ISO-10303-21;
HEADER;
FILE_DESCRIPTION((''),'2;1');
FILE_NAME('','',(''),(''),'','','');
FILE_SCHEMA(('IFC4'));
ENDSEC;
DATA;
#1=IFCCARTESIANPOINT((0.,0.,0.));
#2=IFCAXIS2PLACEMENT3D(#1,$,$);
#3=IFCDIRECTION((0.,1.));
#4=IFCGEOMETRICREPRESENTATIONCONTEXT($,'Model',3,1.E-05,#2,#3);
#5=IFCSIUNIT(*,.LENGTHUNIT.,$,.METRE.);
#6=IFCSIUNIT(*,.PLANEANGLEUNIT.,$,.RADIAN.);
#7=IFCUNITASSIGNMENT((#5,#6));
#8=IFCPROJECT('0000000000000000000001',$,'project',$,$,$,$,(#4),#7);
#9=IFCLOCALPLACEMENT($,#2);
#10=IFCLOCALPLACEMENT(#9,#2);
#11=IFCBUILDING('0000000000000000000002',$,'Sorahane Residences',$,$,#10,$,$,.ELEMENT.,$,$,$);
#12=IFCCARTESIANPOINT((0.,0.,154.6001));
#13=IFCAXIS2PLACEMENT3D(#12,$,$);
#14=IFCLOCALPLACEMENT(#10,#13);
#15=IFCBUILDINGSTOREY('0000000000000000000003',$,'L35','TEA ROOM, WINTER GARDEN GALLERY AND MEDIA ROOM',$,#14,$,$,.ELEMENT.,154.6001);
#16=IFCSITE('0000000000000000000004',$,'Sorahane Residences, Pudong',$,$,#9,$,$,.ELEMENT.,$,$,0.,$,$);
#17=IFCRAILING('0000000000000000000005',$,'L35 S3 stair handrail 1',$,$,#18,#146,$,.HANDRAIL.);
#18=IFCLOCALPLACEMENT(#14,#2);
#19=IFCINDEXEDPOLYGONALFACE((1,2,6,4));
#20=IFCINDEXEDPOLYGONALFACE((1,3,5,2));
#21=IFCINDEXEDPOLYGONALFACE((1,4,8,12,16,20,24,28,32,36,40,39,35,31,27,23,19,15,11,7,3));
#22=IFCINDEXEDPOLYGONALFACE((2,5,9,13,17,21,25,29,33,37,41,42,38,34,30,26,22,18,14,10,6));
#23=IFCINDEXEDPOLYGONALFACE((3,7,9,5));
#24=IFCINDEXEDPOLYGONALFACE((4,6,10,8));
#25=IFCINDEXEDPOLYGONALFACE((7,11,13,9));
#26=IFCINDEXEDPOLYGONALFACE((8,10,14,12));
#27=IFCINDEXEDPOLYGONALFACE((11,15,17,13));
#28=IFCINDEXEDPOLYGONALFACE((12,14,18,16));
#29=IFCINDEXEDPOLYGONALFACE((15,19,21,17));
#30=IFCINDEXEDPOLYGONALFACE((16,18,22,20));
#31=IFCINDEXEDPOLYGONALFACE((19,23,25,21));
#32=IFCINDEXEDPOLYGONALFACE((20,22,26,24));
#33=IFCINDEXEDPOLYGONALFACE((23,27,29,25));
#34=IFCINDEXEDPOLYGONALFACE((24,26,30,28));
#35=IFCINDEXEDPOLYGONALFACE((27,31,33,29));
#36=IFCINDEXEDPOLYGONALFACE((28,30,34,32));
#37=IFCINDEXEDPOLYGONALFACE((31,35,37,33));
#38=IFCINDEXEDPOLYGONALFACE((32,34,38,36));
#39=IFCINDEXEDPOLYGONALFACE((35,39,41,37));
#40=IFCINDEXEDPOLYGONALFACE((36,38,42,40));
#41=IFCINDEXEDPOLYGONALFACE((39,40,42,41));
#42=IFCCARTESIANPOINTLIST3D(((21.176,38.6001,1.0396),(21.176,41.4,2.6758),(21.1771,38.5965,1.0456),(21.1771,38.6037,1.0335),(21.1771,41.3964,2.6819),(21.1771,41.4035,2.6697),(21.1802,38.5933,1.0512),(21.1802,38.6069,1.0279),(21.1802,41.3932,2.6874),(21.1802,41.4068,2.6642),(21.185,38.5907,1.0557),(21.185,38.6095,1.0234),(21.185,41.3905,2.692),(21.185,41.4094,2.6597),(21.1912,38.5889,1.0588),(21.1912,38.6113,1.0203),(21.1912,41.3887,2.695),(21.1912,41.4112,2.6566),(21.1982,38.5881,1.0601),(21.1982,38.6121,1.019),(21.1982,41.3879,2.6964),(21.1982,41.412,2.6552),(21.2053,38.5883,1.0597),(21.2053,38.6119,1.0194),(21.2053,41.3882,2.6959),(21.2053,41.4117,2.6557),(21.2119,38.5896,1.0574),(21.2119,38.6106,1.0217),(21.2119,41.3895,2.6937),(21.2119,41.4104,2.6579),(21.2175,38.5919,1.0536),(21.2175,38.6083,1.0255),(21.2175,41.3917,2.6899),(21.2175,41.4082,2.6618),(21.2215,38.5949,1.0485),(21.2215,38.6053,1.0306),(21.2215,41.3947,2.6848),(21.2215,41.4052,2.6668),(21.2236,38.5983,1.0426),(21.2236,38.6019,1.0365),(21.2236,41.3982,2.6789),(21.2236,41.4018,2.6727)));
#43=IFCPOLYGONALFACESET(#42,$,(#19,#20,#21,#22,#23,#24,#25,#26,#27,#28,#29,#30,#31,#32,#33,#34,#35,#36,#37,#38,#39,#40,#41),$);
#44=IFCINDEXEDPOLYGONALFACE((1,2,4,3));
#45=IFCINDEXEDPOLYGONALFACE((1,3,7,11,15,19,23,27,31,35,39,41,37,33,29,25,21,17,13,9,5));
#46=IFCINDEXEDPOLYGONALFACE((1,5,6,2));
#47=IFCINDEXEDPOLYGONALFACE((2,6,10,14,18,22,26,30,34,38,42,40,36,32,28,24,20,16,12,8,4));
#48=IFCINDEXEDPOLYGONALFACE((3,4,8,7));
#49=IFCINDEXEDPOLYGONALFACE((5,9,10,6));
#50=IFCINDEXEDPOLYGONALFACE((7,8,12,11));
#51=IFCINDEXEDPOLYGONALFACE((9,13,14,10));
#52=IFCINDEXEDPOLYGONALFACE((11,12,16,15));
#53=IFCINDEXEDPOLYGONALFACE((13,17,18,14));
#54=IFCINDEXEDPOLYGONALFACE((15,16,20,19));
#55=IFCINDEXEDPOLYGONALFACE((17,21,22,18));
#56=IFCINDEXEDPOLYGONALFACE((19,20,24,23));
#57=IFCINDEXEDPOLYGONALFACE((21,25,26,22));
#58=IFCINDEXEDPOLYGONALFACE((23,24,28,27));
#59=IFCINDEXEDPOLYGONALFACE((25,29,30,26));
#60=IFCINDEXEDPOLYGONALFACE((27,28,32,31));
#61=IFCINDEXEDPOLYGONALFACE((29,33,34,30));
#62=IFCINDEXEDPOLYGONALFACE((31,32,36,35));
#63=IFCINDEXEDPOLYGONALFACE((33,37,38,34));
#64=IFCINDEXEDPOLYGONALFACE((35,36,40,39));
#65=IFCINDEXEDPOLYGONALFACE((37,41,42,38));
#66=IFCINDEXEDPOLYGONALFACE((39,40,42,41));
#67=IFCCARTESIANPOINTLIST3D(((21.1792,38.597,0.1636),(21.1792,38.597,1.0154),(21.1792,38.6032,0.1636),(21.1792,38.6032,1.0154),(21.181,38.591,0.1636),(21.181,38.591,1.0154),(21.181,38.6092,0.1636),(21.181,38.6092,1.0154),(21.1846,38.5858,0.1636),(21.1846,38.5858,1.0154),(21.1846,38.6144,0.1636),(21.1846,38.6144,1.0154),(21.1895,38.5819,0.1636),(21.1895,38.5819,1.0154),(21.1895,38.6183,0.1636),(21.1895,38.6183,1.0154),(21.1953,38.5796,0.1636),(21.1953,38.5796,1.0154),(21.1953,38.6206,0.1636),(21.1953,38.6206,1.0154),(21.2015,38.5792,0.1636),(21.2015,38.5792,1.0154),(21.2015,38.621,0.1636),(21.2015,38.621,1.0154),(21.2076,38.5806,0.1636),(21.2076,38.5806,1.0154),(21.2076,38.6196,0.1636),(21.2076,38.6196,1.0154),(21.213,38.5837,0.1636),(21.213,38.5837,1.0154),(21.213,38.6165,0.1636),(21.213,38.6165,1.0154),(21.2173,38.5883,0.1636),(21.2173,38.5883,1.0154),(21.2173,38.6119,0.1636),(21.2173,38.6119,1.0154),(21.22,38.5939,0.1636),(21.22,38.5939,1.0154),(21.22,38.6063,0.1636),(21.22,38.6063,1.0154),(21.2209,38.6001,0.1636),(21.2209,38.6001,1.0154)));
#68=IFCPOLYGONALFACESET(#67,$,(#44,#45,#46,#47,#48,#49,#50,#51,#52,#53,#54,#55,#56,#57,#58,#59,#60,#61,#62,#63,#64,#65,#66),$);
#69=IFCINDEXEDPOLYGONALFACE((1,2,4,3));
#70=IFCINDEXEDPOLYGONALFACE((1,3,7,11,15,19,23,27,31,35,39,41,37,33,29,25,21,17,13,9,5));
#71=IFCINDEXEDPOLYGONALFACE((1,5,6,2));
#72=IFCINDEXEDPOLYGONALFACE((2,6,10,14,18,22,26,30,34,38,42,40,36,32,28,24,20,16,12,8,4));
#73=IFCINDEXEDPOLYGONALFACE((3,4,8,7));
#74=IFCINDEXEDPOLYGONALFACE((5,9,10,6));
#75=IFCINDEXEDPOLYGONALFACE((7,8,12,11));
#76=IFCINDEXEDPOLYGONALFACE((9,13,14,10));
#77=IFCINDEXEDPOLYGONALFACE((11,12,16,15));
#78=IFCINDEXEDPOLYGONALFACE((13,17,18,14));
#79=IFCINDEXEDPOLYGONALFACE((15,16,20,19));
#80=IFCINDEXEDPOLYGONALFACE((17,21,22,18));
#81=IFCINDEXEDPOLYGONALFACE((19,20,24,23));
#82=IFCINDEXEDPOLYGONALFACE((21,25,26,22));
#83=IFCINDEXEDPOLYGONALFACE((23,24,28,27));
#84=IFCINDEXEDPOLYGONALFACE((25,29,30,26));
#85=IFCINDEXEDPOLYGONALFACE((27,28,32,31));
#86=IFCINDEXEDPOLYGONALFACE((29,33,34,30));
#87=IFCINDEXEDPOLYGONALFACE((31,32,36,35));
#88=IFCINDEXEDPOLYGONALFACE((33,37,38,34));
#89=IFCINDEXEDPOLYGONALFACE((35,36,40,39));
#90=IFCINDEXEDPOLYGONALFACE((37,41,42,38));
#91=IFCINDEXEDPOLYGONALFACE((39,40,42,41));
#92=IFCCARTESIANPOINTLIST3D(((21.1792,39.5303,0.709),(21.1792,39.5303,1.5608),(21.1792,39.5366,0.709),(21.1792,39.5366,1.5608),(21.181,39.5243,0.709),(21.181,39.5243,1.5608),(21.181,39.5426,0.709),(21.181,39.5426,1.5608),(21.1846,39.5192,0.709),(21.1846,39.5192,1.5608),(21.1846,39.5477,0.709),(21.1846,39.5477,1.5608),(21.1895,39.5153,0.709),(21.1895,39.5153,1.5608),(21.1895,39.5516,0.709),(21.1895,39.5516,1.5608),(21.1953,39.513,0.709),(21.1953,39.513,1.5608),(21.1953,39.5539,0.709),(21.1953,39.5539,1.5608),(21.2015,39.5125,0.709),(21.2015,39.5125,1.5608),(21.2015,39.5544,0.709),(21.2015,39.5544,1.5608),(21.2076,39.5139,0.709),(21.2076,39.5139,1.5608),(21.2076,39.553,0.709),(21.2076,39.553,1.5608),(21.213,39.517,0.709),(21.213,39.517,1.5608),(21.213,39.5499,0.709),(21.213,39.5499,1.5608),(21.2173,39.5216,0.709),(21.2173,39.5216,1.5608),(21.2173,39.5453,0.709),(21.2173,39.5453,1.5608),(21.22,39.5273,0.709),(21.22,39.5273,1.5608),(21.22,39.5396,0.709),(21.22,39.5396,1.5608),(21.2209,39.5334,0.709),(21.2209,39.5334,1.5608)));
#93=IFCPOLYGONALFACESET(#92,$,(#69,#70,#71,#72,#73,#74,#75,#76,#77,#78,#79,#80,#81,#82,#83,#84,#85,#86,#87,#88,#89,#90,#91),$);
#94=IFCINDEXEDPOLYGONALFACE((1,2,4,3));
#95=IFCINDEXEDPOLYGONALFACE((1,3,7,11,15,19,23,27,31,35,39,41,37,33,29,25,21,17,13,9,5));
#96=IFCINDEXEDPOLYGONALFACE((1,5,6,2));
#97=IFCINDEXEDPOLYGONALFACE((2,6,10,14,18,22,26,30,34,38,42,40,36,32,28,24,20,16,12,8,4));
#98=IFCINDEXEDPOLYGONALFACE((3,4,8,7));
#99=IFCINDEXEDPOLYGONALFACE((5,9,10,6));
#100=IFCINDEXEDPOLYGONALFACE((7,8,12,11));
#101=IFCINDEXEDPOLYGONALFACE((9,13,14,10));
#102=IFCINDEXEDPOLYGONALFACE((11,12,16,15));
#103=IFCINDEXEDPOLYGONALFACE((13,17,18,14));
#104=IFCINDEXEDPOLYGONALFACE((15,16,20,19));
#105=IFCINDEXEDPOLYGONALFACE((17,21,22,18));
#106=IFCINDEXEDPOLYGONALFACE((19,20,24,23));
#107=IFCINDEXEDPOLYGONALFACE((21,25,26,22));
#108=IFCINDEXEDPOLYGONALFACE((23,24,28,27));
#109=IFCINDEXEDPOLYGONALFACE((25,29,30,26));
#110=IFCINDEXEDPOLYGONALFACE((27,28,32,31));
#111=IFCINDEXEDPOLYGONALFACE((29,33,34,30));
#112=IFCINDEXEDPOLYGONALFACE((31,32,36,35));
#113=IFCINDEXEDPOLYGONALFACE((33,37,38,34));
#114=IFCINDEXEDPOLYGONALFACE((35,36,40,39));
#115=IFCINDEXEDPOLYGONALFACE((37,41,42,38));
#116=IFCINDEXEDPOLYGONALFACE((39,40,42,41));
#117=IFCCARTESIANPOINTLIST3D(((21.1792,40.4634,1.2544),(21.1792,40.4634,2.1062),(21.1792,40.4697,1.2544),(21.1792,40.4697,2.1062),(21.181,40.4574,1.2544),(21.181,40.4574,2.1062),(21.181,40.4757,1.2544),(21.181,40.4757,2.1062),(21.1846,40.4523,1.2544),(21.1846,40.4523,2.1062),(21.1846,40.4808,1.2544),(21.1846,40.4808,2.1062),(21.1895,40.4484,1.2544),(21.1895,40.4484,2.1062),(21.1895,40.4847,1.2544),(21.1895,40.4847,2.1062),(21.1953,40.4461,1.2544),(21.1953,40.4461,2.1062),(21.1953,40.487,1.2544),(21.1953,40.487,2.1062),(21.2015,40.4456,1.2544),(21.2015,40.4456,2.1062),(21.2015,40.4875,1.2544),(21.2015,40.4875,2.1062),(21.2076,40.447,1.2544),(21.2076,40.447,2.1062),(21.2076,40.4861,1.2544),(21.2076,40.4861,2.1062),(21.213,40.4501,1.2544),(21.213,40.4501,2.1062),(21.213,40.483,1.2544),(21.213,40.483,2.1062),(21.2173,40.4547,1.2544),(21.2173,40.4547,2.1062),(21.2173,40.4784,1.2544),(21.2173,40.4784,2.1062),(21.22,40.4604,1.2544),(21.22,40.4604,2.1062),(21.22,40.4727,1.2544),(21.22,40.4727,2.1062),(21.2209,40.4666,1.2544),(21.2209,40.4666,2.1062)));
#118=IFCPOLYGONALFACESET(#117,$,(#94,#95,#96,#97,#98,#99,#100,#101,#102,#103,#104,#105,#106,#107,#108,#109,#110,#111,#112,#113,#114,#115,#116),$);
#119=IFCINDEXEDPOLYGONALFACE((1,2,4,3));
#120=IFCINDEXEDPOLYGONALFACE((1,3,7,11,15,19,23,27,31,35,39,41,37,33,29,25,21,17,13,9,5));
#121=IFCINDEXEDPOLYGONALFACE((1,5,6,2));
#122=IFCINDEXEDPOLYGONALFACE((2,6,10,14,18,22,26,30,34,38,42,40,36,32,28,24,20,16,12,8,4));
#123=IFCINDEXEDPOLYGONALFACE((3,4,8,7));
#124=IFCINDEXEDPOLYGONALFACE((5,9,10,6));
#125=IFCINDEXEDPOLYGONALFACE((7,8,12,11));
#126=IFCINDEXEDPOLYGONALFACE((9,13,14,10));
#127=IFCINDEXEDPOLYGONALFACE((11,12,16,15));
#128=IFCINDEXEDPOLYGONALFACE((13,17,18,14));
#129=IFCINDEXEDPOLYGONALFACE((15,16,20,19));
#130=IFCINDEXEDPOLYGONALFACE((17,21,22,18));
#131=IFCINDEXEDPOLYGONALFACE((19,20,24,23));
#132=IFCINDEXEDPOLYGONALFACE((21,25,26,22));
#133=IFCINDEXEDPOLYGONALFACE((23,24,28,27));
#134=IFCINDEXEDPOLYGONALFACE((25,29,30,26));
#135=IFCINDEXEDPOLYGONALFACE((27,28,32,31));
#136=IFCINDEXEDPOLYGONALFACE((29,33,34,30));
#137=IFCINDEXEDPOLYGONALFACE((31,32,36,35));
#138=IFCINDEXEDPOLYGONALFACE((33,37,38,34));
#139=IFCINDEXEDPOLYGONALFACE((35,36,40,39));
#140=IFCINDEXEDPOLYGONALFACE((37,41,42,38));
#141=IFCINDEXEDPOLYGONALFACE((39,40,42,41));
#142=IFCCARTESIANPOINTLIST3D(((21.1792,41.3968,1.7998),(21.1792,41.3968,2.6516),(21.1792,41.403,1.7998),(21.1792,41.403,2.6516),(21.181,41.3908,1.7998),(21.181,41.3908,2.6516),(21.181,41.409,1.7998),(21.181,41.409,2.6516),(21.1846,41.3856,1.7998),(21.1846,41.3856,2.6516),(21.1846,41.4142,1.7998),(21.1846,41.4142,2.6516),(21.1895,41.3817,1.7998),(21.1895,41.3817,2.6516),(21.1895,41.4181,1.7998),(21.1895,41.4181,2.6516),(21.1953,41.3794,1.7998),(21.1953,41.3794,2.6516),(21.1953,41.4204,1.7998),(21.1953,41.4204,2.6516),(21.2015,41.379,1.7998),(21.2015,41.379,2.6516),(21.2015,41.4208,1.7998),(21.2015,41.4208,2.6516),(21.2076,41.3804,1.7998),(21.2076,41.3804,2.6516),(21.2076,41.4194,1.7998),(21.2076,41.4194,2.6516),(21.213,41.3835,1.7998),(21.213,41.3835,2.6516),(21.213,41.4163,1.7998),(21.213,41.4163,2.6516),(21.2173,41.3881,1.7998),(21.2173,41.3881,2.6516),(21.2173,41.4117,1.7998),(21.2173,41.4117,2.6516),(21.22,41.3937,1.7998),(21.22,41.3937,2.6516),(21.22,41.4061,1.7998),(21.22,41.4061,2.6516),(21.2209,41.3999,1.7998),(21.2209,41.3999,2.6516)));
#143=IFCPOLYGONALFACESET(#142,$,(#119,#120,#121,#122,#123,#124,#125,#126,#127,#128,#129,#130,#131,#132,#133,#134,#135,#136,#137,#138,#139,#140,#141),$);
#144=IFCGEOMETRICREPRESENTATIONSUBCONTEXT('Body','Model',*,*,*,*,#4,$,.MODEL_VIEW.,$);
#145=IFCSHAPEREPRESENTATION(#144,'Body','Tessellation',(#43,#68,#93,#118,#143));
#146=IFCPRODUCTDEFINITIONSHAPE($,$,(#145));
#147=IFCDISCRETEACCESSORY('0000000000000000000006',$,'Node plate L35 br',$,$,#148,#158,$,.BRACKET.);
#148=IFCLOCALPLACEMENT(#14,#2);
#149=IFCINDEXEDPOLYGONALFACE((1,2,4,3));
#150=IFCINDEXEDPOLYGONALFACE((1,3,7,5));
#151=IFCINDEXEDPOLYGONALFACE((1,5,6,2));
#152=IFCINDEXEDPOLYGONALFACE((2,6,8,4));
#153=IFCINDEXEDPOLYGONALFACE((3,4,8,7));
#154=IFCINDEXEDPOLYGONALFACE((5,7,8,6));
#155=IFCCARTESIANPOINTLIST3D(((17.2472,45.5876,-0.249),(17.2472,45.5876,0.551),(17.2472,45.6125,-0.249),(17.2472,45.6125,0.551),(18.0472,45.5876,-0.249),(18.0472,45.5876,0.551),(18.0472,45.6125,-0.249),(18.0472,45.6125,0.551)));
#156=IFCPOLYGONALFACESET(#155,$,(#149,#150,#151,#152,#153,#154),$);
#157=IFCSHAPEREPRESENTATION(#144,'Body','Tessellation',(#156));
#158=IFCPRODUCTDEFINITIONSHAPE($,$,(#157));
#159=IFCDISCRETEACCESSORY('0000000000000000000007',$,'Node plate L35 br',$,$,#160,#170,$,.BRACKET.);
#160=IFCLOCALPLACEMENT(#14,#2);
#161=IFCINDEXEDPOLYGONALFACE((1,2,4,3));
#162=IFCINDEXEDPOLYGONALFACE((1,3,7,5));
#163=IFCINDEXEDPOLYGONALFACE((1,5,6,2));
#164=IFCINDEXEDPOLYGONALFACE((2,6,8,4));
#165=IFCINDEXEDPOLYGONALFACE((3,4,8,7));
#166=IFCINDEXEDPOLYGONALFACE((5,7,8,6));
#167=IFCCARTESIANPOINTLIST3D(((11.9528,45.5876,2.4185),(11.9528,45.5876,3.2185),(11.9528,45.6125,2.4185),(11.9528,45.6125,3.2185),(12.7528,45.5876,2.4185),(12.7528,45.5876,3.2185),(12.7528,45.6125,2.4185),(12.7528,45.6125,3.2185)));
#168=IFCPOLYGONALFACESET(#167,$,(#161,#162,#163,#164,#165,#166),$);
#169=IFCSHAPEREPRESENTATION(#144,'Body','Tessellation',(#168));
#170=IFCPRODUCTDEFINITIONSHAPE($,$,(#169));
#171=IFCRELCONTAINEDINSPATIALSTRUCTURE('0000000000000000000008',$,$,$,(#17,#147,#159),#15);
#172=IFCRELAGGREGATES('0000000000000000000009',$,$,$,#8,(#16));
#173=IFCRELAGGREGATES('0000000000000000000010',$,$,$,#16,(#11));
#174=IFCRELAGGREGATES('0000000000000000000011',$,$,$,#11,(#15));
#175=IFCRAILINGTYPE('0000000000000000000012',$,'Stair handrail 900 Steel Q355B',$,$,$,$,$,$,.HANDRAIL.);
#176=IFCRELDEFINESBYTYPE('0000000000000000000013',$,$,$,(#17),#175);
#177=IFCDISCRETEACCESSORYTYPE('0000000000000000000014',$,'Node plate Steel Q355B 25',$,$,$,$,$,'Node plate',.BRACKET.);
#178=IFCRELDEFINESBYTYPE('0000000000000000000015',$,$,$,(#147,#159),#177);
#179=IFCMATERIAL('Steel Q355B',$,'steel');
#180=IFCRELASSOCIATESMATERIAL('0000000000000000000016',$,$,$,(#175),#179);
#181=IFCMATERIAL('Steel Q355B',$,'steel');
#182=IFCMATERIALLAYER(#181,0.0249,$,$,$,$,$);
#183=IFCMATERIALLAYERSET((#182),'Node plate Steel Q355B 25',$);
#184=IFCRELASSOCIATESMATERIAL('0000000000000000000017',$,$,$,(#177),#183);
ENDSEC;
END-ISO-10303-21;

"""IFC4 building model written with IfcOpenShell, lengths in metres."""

from ifc_helpers import new_model, si_unit, direction, frame, origin, origin_2d, place, context, subcontext, project, spatial, rectangle, circle, extrude, material, layer, layer_set, type_object, element, save


model = new_model("IFC4")

# Units and contexts
model_context = context("Model", 3, precision=1e-05, world=origin(), true_north=direction((0.0, 1.0)))
body_context = subcontext(model_context, "Body", "Model", "MODEL_VIEW")
ifc_project = project(units=[si_unit("LENGTHUNIT", "METRE"), si_unit("PLANEANGLEUNIT", "RADIAN")], contexts=[model_context])

# Site, building, storey
site_placement = place(None, origin())
site = spatial("IfcSite", under=ifc_project, at=site_placement, Name="Sorahane Residences, Pudong", CompositionType="ELEMENT", RefElevation=0.0)
building_placement = place(site_placement, origin())
building = spatial("IfcBuilding", under=site, at=building_placement, Name="Sorahane Residences", CompositionType="ELEMENT")
storey_placement = place(building_placement, frame((0.0, 0.0, 154.6001)))
storey = spatial("IfcBuildingStorey", under=building, at=storey_placement, Name="L35", Description="TEA ROOM, WINTER GARDEN GALLERY AND MEDIA ROOM", CompositionType="ELEMENT", Elevation=154.6001)

# Railing
ifc_material_1 = material(Name="Steel Q355B", Category="steel")
railing_type = type_object("IfcRailingType", Name="Stair handrail 900 Steel Q355B", PredefinedType="HANDRAIL", material=ifc_material_1)
railing_placement = place(storey_placement, frame((21.2, 38.6001, 0.1636)))
element("IfcRailing", 1, at=railing_placement, inside=storey, type_object=railing_type, Name="L35 S3 stair handrail 1", PredefinedType="HANDRAIL", context=body_context, shape_type="SweptSolid", body=[
    extrude(circle(Radius=0.0239, at=origin_2d()), frame((0.0, 0.0, 0.876), z_axis=(0.0, 0.863374, 0.504564), x_axis=(-1.0, 0.0, 0.0)), (0.0, 0.0, 1.0), 3.2429),
    extrude(circle(Radius=0.021, at=origin_2d()), origin(), (0.0, 0.0, 1.0), 0.8518),
    extrude(circle(Radius=0.021, at=origin_2d()), frame((0.0, 0.9333, 0.5454)), (0.0, 0.0, 1.0), 0.8518),
    extrude(circle(Radius=0.021, at=origin_2d()), frame((0.0, 1.8665, 1.0908)), (0.0, 0.0, 1.0), 0.8518),
    extrude(circle(Radius=0.021, at=origin_2d()), frame((0.0, 2.7998, 1.6362)), (0.0, 0.0, 1.0), 0.8518),
])

# Discrete accessories
ifc_material_2 = material(Name="Steel Q355B", Category="steel")
ifc_layer_1 = layer(ifc_material_2, 0.0249)
ifc_layer_set_1 = layer_set([ifc_layer_1], Name="Node plate Steel Q355B 25")
discrete_accessory_type = type_object("IfcDiscreteAccessoryType", Name="Node plate Steel Q355B 25", ElementType="Node plate", PredefinedType="BRACKET", material=ifc_layer_set_1)
for number, where, z_axis, x_axis, name in (
    (2, (17.6472, 45.6001, -0.249), (0.0, 0.0, 1.0), (1.0, 0.0, 0.0), "Node plate L35 br"),
    (3, (12.3528, 45.6001, 2.4185), (0.0, 0.0, 1.0), (1.0, 0.0, 0.0), "Node plate L35 br"),
):
    element("IfcDiscreteAccessory", number, at=place(storey_placement, frame(where, z_axis=z_axis, x_axis=x_axis)), inside=storey, type_object=discrete_accessory_type, Name=name, PredefinedType="BRACKET", context=body_context, shape_type="SweptSolid", body=[
        extrude(rectangle(XDim=0.8, YDim=0.0249, at=origin_2d()), origin(), (0.0, 0.0, 1.0), 0.8),
    ])

save(model, "model.ifc")
